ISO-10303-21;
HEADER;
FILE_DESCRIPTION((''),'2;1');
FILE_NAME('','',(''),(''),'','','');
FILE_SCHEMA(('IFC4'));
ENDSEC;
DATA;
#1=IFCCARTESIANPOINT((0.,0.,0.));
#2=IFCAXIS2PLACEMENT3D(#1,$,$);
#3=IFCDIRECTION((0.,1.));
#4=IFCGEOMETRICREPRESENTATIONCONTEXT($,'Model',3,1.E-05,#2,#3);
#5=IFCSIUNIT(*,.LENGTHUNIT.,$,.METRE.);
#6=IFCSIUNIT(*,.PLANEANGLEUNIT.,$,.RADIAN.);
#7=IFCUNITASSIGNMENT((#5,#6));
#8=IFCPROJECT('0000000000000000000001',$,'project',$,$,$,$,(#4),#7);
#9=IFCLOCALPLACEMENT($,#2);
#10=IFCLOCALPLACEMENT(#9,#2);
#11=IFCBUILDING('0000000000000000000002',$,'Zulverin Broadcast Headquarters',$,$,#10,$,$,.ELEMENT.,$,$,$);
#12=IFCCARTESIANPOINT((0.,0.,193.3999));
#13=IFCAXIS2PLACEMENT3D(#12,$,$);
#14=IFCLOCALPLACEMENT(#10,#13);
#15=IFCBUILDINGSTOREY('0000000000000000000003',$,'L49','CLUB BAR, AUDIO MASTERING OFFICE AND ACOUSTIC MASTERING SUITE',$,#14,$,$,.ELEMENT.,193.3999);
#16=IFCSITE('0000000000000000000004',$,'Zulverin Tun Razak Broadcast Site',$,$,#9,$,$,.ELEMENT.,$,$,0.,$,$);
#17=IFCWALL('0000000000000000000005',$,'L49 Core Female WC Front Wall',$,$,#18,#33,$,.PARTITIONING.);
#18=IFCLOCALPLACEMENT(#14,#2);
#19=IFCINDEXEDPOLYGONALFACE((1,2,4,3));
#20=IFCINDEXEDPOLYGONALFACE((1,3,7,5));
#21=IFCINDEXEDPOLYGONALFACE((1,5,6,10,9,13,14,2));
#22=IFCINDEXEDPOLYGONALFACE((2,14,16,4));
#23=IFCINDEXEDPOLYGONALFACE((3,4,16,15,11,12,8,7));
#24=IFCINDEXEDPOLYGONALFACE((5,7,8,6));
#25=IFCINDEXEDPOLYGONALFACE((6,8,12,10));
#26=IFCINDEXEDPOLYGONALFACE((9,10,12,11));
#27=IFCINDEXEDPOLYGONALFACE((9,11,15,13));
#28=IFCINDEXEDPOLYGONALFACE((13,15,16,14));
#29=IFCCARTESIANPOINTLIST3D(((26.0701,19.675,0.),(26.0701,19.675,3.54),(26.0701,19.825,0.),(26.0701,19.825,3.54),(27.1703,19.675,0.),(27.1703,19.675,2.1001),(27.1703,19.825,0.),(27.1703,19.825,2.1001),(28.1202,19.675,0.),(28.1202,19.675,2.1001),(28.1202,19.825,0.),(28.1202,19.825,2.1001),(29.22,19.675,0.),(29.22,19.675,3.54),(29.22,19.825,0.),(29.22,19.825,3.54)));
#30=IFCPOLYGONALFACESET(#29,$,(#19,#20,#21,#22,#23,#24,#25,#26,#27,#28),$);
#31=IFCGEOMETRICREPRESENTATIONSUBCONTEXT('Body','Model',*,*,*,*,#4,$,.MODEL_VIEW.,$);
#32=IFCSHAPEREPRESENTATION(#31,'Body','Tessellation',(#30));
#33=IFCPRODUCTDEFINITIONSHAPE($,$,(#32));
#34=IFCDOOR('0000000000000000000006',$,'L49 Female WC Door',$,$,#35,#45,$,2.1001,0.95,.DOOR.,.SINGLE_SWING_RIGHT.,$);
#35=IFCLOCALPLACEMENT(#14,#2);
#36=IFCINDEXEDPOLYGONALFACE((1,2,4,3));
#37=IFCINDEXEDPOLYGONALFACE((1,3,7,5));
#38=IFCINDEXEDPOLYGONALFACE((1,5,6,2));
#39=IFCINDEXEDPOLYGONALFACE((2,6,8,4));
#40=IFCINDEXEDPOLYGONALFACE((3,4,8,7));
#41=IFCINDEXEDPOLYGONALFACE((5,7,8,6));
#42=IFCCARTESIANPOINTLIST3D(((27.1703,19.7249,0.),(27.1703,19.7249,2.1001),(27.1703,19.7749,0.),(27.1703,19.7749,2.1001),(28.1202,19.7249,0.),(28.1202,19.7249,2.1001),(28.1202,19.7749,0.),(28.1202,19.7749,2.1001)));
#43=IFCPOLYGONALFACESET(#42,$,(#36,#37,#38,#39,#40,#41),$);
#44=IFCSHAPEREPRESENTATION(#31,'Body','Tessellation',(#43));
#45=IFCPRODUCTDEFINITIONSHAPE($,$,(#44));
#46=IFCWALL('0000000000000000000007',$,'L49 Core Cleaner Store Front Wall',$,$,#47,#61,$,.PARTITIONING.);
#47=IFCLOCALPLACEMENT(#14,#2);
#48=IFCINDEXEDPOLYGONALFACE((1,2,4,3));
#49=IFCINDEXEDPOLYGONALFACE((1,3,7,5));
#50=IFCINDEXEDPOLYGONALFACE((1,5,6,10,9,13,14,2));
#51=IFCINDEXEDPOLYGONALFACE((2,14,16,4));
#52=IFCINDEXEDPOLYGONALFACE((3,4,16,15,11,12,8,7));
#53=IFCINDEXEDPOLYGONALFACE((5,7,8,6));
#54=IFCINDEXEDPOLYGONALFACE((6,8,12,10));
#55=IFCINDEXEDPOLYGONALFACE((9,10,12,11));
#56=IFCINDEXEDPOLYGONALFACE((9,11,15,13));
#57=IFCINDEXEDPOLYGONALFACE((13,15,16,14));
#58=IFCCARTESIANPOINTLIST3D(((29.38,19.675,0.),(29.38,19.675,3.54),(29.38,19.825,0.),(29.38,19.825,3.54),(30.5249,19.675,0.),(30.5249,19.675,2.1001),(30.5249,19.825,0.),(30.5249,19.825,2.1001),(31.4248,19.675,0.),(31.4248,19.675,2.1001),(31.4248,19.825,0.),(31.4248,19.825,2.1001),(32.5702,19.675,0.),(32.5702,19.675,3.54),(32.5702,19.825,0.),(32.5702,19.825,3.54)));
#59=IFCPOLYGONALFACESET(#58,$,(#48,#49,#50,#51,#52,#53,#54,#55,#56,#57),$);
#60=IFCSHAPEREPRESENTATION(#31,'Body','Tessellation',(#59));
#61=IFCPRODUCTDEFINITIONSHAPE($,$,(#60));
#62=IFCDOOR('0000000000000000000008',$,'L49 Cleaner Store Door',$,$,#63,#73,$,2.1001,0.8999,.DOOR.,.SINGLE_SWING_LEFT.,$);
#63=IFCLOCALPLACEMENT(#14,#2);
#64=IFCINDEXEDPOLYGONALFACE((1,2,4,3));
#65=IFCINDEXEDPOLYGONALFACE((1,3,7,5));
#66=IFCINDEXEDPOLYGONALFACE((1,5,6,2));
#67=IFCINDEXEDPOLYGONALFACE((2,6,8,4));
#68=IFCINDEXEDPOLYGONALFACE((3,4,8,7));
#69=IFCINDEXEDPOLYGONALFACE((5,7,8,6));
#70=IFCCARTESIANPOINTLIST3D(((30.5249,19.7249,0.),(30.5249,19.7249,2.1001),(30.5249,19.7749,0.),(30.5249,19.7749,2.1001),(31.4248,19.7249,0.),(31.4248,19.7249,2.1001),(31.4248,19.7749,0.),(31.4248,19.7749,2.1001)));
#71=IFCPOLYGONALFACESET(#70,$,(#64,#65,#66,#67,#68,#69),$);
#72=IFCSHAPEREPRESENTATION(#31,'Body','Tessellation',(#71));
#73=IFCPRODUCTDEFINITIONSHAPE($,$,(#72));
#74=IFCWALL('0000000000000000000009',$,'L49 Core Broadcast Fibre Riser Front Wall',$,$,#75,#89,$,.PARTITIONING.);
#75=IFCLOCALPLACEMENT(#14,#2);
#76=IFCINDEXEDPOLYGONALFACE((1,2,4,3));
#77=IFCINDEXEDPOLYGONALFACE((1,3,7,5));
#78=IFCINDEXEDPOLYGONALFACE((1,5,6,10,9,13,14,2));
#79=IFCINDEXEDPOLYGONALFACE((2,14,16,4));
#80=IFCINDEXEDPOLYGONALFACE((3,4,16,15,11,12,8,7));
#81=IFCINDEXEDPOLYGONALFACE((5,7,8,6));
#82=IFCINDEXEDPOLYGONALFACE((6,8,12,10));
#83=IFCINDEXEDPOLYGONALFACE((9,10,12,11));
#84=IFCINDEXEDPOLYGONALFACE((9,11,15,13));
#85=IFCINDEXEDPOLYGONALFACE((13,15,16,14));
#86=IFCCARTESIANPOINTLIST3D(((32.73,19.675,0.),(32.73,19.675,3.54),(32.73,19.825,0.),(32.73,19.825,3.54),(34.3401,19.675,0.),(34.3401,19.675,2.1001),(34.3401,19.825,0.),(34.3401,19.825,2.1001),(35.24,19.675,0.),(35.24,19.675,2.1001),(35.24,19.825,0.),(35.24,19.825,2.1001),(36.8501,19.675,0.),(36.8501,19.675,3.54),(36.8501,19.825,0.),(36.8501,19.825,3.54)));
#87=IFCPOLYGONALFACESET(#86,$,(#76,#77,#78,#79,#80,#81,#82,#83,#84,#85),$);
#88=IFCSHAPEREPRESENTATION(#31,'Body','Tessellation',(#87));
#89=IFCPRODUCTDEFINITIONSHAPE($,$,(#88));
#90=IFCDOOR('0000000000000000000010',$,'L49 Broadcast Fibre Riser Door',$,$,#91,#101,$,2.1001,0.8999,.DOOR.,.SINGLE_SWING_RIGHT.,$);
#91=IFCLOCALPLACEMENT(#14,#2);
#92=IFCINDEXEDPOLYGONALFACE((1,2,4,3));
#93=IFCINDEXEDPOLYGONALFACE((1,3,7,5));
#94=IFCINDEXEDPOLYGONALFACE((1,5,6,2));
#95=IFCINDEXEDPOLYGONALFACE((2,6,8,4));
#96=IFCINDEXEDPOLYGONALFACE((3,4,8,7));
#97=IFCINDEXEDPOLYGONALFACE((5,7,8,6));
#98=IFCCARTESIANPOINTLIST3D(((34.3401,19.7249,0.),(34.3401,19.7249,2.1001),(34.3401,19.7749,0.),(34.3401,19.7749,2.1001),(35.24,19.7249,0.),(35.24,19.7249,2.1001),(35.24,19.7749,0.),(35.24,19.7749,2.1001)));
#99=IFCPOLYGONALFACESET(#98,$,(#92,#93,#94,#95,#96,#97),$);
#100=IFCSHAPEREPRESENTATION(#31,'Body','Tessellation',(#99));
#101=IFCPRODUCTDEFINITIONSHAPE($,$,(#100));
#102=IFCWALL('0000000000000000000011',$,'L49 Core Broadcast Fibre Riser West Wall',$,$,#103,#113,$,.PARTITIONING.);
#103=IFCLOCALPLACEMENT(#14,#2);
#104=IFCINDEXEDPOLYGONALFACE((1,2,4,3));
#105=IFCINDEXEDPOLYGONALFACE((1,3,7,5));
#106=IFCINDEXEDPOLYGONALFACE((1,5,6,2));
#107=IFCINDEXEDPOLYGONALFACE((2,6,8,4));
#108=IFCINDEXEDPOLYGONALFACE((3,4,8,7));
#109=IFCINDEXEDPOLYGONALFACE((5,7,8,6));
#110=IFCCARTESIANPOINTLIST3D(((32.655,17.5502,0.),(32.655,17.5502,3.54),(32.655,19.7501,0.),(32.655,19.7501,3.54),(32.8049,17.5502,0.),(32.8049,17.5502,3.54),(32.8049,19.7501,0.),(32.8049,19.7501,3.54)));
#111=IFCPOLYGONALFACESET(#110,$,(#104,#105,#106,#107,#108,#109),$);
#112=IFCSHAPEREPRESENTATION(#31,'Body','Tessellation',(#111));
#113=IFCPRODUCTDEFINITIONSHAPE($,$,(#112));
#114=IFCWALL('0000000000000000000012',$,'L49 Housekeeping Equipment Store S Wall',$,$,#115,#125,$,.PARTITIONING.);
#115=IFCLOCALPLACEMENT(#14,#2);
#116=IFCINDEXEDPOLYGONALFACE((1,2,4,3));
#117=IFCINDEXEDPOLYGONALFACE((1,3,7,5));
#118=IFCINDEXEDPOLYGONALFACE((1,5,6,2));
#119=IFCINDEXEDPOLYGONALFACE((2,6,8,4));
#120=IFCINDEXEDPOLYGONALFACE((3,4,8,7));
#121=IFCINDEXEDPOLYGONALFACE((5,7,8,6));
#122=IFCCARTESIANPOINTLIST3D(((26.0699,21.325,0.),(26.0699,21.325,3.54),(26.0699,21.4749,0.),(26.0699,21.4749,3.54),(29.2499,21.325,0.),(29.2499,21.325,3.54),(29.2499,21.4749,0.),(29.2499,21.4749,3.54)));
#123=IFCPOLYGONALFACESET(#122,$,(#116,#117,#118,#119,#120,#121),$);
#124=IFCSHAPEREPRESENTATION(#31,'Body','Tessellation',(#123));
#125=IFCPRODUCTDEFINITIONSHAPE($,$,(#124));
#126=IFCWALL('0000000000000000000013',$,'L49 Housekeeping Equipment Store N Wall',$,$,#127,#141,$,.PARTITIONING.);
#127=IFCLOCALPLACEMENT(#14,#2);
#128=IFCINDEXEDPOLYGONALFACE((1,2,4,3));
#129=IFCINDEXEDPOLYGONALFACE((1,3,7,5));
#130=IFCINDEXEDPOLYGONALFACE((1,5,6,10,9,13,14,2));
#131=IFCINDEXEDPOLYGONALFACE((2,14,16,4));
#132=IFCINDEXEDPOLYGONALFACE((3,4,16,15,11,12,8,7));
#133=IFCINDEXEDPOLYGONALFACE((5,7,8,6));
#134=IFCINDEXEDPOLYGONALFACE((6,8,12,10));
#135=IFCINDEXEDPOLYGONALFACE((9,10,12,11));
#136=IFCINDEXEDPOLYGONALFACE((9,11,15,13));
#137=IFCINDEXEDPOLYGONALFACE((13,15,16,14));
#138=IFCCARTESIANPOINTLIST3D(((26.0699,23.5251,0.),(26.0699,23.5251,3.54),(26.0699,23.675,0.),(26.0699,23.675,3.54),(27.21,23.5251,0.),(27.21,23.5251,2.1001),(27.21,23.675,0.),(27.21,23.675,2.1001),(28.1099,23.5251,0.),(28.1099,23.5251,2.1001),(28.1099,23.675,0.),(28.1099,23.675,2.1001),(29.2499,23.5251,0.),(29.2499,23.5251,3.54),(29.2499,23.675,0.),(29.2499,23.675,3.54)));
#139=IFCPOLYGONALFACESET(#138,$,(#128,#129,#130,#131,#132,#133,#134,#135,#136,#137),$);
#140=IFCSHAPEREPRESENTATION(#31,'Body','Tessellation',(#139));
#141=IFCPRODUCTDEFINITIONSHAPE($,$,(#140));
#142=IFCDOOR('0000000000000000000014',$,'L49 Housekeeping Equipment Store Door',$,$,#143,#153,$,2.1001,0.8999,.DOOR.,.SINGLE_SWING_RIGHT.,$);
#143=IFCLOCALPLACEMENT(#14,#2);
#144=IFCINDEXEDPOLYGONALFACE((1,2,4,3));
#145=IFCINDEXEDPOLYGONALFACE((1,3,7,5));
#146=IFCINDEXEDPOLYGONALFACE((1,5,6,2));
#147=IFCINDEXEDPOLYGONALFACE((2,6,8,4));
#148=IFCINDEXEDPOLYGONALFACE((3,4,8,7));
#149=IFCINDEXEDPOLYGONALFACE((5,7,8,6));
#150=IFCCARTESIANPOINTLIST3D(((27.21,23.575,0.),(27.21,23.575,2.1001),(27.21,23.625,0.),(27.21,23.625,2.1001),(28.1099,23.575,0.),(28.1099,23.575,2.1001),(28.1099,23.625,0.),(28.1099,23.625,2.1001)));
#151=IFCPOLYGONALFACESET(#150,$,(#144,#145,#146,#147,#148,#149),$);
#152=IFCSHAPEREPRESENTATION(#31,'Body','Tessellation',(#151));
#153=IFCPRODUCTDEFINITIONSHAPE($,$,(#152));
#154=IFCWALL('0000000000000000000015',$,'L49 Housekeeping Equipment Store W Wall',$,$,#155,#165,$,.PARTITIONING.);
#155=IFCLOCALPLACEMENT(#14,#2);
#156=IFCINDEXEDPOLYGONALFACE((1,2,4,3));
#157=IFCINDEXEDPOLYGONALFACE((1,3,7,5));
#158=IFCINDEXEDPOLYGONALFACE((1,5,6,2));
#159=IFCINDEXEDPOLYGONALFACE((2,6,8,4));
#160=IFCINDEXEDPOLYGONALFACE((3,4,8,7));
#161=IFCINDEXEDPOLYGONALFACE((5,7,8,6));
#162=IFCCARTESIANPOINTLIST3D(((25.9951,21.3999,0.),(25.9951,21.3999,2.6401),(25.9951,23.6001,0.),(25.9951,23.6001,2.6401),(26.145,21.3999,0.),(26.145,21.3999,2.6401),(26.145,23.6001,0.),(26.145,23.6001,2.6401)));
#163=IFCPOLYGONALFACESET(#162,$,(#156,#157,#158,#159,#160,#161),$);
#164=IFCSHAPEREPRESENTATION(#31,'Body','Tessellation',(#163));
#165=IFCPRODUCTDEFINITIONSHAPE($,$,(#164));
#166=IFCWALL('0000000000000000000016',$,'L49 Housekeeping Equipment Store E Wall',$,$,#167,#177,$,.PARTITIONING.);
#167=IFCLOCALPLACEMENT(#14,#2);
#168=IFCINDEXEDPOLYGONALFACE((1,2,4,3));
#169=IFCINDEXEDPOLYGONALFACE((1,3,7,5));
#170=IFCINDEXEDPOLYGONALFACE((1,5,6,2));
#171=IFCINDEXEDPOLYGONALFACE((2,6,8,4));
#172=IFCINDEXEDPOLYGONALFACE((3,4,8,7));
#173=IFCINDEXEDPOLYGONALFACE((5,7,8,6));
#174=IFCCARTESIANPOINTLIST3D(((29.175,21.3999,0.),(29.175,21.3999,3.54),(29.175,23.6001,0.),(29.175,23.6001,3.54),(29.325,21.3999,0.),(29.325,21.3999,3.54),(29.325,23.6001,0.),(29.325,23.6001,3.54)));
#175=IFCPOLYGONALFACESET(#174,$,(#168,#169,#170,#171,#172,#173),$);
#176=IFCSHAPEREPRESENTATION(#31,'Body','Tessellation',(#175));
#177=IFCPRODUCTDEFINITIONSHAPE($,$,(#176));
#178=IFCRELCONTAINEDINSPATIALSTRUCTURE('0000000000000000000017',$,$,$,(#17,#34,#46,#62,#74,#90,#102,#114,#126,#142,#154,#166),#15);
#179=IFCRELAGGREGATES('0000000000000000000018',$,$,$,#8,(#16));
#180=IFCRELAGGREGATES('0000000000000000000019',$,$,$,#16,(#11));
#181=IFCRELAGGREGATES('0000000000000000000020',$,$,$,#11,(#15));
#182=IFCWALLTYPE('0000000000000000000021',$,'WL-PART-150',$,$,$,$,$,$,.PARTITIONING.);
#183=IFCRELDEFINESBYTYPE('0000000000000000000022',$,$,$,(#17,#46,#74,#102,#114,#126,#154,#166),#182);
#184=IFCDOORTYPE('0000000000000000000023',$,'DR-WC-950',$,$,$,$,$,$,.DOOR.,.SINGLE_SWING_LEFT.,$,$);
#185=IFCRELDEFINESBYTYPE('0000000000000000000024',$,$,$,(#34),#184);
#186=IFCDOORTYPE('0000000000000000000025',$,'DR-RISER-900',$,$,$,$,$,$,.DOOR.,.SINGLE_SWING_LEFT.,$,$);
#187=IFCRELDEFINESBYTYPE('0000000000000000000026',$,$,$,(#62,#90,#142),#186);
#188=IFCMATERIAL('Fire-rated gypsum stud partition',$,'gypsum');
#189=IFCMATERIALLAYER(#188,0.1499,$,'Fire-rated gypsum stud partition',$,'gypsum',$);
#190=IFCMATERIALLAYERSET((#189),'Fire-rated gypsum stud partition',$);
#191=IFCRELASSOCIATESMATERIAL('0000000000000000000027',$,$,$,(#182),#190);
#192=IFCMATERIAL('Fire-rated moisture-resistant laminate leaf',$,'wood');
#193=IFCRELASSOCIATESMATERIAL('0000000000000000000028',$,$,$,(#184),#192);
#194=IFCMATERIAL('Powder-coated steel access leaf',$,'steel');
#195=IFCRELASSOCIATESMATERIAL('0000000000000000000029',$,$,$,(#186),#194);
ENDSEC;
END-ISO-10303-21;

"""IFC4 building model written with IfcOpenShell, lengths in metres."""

from ifc_helpers import new_model, si_unit, direction, frame, frame_2d, origin, place, context, subcontext, project, spatial, rectangle, extrude, material, layer, layer_set, type_object, element, fill, save


model = new_model("IFC4")

# Units and contexts
model_context = context("Model", 3, precision=1e-05, world=origin(), true_north=direction((0.0, 1.0)))
body_context = subcontext(model_context, "Body", "Model", "MODEL_VIEW")
ifc_project = project(units=[si_unit("LENGTHUNIT", "METRE"), si_unit("PLANEANGLEUNIT", "RADIAN")], contexts=[model_context])

# Site, building, storey
site_placement = place(None, origin())
site = spatial("IfcSite", under=ifc_project, at=site_placement, Name="Zulverin Tun Razak Broadcast Site", CompositionType="ELEMENT", RefElevation=0.0)
building_placement = place(site_placement, origin())
building = spatial("IfcBuilding", under=site, at=building_placement, Name="Zulverin Broadcast Headquarters", CompositionType="ELEMENT")
storey_placement = place(building_placement, frame((0.0, 0.0, 193.3999)))
storey = spatial("IfcBuildingStorey", under=building, at=storey_placement, Name="L49", Description="CLUB BAR, AUDIO MASTERING OFFICE AND ACOUSTIC MASTERING SUITE", CompositionType="ELEMENT", Elevation=193.3999)

# Walls, openings, doors
ifc_material_1 = material(Name="Fire-rated gypsum stud partition", Category="gypsum")
ifc_layer_1 = layer(ifc_material_1, 0.1499, Name="Fire-rated gypsum stud partition", Category="gypsum")
ifc_layer_set_1 = layer_set([ifc_layer_1], Name="Fire-rated gypsum stud partition")
wall_type_1 = type_object("IfcWallType", Name="WL-PART-150", PredefinedType="PARTITIONING", material=ifc_layer_set_1)
wall_1_placement = place(storey_placement, frame((26.0701, 19.75, 0.0), z_axis=(0.0, 0.0, 1.0), x_axis=(1.0, 0.0, 0.0)))
wall_1 = element("IfcWall", 1, at=wall_1_placement, inside=storey, type_object=wall_type_1, Name="L49 Core Female WC Front Wall", PredefinedType="PARTITIONING", context=body_context, shape_type="SweptSolid", body=[
    extrude(rectangle(XDim=3.1499, YDim=0.1499, at=frame_2d((1.575, 0.0))), origin(), (0.0, 0.0, 1.0), 3.54),
])
opening_1_placement = place(wall_1_placement, frame((1.1001, 0.0, 0.0)))
opening_1 = element("IfcOpeningElement", 2, at=opening_1_placement, cuts=wall_1, PredefinedType="OPENING", context=body_context, shape_type="SweptSolid", body=[
    extrude(rectangle(XDim=0.95, YDim=2.1001, at=frame_2d((0.4751, 1.05))), frame((0.0, 0.085, 0.0), z_axis=(0.0, -1.0, 0.0), x_axis=(1.0, 0.0, 0.0)), (0.0, 0.0, 1.0), 0.1699),
])
ifc_material_2 = material(Name="Fire-rated moisture-resistant laminate leaf", Category="wood")
door_type_1 = type_object("IfcDoorType", Name="DR-WC-950", OperationType="SINGLE_SWING_LEFT", PredefinedType="DOOR", material=ifc_material_2)
door_1_placement = place(opening_1_placement, origin())
door_1 = element("IfcDoor", 3, at=door_1_placement, inside=storey, type_object=door_type_1, Name="L49 Female WC Door", OperationType="SINGLE_SWING_RIGHT", OverallHeight=2.1001, OverallWidth=0.95, PredefinedType="DOOR", context=body_context, shape_type="SweptSolid", body=[
    extrude(rectangle(XDim=0.95, YDim=2.1001, at=frame_2d((0.4751, 1.05))), frame((0.0, 0.0249, 0.0), z_axis=(0.0, -1.0, 0.0), x_axis=(1.0, 0.0, 0.0)), (0.0, 0.0, 1.0), 0.05),
])
fill(opening_1, door_1)
wall_2_placement = place(storey_placement, frame((29.3799, 19.75, 0.0), z_axis=(0.0, 0.0, 1.0), x_axis=(1.0, 0.0, 0.0)))
wall_2 = element("IfcWall", 4, at=wall_2_placement, inside=storey, type_object=wall_type_1, Name="L49 Core Cleaner Store Front Wall", PredefinedType="PARTITIONING", context=body_context, shape_type="SweptSolid", body=[
    extrude(rectangle(XDim=3.1902, YDim=0.1499, at=frame_2d((1.5952, 0.0))), origin(), (0.0, 0.0, 1.0), 3.54),
])
opening_2_placement = place(wall_2_placement, frame((1.145, 0.0, 0.0)))
opening_2 = element("IfcOpeningElement", 5, at=opening_2_placement, cuts=wall_2, PredefinedType="OPENING", context=body_context, shape_type="SweptSolid", body=[
    extrude(rectangle(XDim=0.8999, YDim=2.1001, at=frame_2d((0.45, 1.05))), frame((0.0, 0.085, 0.0), z_axis=(0.0, -1.0, 0.0), x_axis=(1.0, 0.0, 0.0)), (0.0, 0.0, 1.0), 0.1699),
])
ifc_material_3 = material(Name="Powder-coated steel access leaf", Category="steel")
door_type_2 = type_object("IfcDoorType", Name="DR-RISER-900", OperationType="SINGLE_SWING_LEFT", PredefinedType="DOOR", material=ifc_material_3)
door_2_placement = place(opening_2_placement, origin())
door_2 = element("IfcDoor", 6, at=door_2_placement, inside=storey, type_object=door_type_2, Name="L49 Cleaner Store Door", OperationType="SINGLE_SWING_LEFT", OverallHeight=2.1001, OverallWidth=0.8999, PredefinedType="DOOR", context=body_context, shape_type="SweptSolid", body=[
    extrude(rectangle(XDim=0.8999, YDim=2.1001, at=frame_2d((0.45, 1.05))), frame((0.0, 0.0249, 0.0), z_axis=(0.0, -1.0, 0.0), x_axis=(1.0, 0.0, 0.0)), (0.0, 0.0, 1.0), 0.05),
])
fill(opening_2, door_2)
wall_3_placement = place(storey_placement, frame((32.73, 19.75, 0.0), z_axis=(0.0, 0.0, 1.0), x_axis=(1.0, 0.0, 0.0)))
wall_3 = element("IfcWall", 7, at=wall_3_placement, inside=storey, type_object=wall_type_1, Name="L49 Core Broadcast Fibre Riser Front Wall", PredefinedType="PARTITIONING", context=body_context, shape_type="SweptSolid", body=[
    extrude(rectangle(XDim=4.1201, YDim=0.1499, at=frame_2d((2.0601, 0.0))), origin(), (0.0, 0.0, 1.0), 3.54),
])
opening_3_placement = place(wall_3_placement, frame((1.6101, 0.0, 0.0)))
opening_3 = element("IfcOpeningElement", 8, at=opening_3_placement, cuts=wall_3, PredefinedType="OPENING", context=body_context, shape_type="SweptSolid", body=[
    extrude(rectangle(XDim=0.8999, YDim=2.1001, at=frame_2d((0.45, 1.05))), frame((0.0, 0.085, 0.0), z_axis=(0.0, -1.0, 0.0), x_axis=(1.0, 0.0, 0.0)), (0.0, 0.0, 1.0), 0.1699),
])
door_3_placement = place(opening_3_placement, origin())
door_3 = element("IfcDoor", 9, at=door_3_placement, inside=storey, type_object=door_type_2, Name="L49 Broadcast Fibre Riser Door", OperationType="SINGLE_SWING_RIGHT", OverallHeight=2.1001, OverallWidth=0.8999, PredefinedType="DOOR", context=body_context, shape_type="SweptSolid", body=[
    extrude(rectangle(XDim=0.8999, YDim=2.1001, at=frame_2d((0.45, 1.05))), frame((0.0, 0.0249, 0.0), z_axis=(0.0, -1.0, 0.0), x_axis=(1.0, 0.0, 0.0)), (0.0, 0.0, 1.0), 0.05),
])
fill(opening_3, door_3)

# Walls
wall_4_placement = place(storey_placement, frame((32.73, 17.55, 0.0), z_axis=(0.0, 0.0, 1.0), x_axis=(0.0, 1.0, 0.0)))
element("IfcWall", 10, at=wall_4_placement, inside=storey, type_object=wall_type_1, Name="L49 Core Broadcast Fibre Riser West Wall", PredefinedType="PARTITIONING", context=body_context, shape_type="SweptSolid", body=[
    extrude(rectangle(XDim=2.2, YDim=0.1499, at=frame_2d((1.1001, 0.0))), origin(), (0.0, 0.0, 1.0), 3.54),
])
wall_5_placement = place(storey_placement, frame((26.0701, 21.3999, 0.0), z_axis=(0.0, 0.0, 1.0), x_axis=(1.0, 0.0, 0.0)))
element("IfcWall", 11, at=wall_5_placement, inside=storey, type_object=wall_type_1, Name="L49 Housekeeping Equipment Store S Wall", PredefinedType="PARTITIONING", context=body_context, shape_type="SweptSolid", body=[
    extrude(rectangle(XDim=3.1799, YDim=0.1499, at=frame_2d((1.5898, 0.0))), origin(), (0.0, 0.0, 1.0), 3.54),
])

# Wall, opening, door
wall_6_placement = place(storey_placement, frame((26.0701, 23.6001, 0.0), z_axis=(0.0, 0.0, 1.0), x_axis=(1.0, 0.0, 0.0)))
wall_6 = element("IfcWall", 12, at=wall_6_placement, inside=storey, type_object=wall_type_1, Name="L49 Housekeeping Equipment Store N Wall", PredefinedType="PARTITIONING", context=body_context, shape_type="SweptSolid", body=[
    extrude(rectangle(XDim=3.1799, YDim=0.1499, at=frame_2d((1.5898, 0.0))), origin(), (0.0, 0.0, 1.0), 3.54),
])
opening_4_placement = place(wall_6_placement, frame((1.1399, 0.0, 0.0)))
opening_4 = element("IfcOpeningElement", 13, at=opening_4_placement, cuts=wall_6, PredefinedType="OPENING", context=body_context, shape_type="SweptSolid", body=[
    extrude(rectangle(XDim=0.8999, YDim=2.1001, at=frame_2d((0.45, 1.05))), frame((0.0, 0.085, 0.0), z_axis=(0.0, -1.0, 0.0), x_axis=(1.0, 0.0, 0.0)), (0.0, 0.0, 1.0), 0.1699),
])
door_4_placement = place(opening_4_placement, origin())
door_4 = element("IfcDoor", 14, at=door_4_placement, inside=storey, type_object=door_type_2, Name="L49 Housekeeping Equipment Store Door", OperationType="SINGLE_SWING_RIGHT", OverallHeight=2.1001, OverallWidth=0.8999, PredefinedType="DOOR", context=body_context, shape_type="SweptSolid", body=[
    extrude(rectangle(XDim=0.8999, YDim=2.1001, at=frame_2d((0.45, 1.05))), frame((0.0, 0.0249, 0.0), z_axis=(0.0, -1.0, 0.0), x_axis=(1.0, 0.0, 0.0)), (0.0, 0.0, 1.0), 0.05),
])
fill(opening_4, door_4)

# Walls
wall_7_placement = place(storey_placement, frame((26.0701, 21.3999, 0.0), z_axis=(0.0, 0.0, 1.0), x_axis=(0.0, 1.0, 0.0)))
element("IfcWall", 15, at=wall_7_placement, inside=storey, type_object=wall_type_1, Name="L49 Housekeeping Equipment Store W Wall", PredefinedType="PARTITIONING", context=body_context, shape_type="SweptSolid", body=[
    extrude(rectangle(XDim=2.2002, YDim=0.1499, at=frame_2d((1.1001, 0.0))), origin(), (0.0, 0.0, 1.0), 2.6401),
])
wall_8_placement = place(storey_placement, frame((29.25, 21.3999, 0.0), z_axis=(0.0, 0.0, 1.0), x_axis=(0.0, 1.0, 0.0)))
element("IfcWall", 16, at=wall_8_placement, inside=storey, type_object=wall_type_1, Name="L49 Housekeeping Equipment Store E Wall", PredefinedType="PARTITIONING", context=body_context, shape_type="SweptSolid", body=[
    extrude(rectangle(XDim=2.2002, YDim=0.1499, at=frame_2d((1.1001, 0.0))), origin(), (0.0, 0.0, 1.0), 3.54),
])

save(model, "model.ifc")
